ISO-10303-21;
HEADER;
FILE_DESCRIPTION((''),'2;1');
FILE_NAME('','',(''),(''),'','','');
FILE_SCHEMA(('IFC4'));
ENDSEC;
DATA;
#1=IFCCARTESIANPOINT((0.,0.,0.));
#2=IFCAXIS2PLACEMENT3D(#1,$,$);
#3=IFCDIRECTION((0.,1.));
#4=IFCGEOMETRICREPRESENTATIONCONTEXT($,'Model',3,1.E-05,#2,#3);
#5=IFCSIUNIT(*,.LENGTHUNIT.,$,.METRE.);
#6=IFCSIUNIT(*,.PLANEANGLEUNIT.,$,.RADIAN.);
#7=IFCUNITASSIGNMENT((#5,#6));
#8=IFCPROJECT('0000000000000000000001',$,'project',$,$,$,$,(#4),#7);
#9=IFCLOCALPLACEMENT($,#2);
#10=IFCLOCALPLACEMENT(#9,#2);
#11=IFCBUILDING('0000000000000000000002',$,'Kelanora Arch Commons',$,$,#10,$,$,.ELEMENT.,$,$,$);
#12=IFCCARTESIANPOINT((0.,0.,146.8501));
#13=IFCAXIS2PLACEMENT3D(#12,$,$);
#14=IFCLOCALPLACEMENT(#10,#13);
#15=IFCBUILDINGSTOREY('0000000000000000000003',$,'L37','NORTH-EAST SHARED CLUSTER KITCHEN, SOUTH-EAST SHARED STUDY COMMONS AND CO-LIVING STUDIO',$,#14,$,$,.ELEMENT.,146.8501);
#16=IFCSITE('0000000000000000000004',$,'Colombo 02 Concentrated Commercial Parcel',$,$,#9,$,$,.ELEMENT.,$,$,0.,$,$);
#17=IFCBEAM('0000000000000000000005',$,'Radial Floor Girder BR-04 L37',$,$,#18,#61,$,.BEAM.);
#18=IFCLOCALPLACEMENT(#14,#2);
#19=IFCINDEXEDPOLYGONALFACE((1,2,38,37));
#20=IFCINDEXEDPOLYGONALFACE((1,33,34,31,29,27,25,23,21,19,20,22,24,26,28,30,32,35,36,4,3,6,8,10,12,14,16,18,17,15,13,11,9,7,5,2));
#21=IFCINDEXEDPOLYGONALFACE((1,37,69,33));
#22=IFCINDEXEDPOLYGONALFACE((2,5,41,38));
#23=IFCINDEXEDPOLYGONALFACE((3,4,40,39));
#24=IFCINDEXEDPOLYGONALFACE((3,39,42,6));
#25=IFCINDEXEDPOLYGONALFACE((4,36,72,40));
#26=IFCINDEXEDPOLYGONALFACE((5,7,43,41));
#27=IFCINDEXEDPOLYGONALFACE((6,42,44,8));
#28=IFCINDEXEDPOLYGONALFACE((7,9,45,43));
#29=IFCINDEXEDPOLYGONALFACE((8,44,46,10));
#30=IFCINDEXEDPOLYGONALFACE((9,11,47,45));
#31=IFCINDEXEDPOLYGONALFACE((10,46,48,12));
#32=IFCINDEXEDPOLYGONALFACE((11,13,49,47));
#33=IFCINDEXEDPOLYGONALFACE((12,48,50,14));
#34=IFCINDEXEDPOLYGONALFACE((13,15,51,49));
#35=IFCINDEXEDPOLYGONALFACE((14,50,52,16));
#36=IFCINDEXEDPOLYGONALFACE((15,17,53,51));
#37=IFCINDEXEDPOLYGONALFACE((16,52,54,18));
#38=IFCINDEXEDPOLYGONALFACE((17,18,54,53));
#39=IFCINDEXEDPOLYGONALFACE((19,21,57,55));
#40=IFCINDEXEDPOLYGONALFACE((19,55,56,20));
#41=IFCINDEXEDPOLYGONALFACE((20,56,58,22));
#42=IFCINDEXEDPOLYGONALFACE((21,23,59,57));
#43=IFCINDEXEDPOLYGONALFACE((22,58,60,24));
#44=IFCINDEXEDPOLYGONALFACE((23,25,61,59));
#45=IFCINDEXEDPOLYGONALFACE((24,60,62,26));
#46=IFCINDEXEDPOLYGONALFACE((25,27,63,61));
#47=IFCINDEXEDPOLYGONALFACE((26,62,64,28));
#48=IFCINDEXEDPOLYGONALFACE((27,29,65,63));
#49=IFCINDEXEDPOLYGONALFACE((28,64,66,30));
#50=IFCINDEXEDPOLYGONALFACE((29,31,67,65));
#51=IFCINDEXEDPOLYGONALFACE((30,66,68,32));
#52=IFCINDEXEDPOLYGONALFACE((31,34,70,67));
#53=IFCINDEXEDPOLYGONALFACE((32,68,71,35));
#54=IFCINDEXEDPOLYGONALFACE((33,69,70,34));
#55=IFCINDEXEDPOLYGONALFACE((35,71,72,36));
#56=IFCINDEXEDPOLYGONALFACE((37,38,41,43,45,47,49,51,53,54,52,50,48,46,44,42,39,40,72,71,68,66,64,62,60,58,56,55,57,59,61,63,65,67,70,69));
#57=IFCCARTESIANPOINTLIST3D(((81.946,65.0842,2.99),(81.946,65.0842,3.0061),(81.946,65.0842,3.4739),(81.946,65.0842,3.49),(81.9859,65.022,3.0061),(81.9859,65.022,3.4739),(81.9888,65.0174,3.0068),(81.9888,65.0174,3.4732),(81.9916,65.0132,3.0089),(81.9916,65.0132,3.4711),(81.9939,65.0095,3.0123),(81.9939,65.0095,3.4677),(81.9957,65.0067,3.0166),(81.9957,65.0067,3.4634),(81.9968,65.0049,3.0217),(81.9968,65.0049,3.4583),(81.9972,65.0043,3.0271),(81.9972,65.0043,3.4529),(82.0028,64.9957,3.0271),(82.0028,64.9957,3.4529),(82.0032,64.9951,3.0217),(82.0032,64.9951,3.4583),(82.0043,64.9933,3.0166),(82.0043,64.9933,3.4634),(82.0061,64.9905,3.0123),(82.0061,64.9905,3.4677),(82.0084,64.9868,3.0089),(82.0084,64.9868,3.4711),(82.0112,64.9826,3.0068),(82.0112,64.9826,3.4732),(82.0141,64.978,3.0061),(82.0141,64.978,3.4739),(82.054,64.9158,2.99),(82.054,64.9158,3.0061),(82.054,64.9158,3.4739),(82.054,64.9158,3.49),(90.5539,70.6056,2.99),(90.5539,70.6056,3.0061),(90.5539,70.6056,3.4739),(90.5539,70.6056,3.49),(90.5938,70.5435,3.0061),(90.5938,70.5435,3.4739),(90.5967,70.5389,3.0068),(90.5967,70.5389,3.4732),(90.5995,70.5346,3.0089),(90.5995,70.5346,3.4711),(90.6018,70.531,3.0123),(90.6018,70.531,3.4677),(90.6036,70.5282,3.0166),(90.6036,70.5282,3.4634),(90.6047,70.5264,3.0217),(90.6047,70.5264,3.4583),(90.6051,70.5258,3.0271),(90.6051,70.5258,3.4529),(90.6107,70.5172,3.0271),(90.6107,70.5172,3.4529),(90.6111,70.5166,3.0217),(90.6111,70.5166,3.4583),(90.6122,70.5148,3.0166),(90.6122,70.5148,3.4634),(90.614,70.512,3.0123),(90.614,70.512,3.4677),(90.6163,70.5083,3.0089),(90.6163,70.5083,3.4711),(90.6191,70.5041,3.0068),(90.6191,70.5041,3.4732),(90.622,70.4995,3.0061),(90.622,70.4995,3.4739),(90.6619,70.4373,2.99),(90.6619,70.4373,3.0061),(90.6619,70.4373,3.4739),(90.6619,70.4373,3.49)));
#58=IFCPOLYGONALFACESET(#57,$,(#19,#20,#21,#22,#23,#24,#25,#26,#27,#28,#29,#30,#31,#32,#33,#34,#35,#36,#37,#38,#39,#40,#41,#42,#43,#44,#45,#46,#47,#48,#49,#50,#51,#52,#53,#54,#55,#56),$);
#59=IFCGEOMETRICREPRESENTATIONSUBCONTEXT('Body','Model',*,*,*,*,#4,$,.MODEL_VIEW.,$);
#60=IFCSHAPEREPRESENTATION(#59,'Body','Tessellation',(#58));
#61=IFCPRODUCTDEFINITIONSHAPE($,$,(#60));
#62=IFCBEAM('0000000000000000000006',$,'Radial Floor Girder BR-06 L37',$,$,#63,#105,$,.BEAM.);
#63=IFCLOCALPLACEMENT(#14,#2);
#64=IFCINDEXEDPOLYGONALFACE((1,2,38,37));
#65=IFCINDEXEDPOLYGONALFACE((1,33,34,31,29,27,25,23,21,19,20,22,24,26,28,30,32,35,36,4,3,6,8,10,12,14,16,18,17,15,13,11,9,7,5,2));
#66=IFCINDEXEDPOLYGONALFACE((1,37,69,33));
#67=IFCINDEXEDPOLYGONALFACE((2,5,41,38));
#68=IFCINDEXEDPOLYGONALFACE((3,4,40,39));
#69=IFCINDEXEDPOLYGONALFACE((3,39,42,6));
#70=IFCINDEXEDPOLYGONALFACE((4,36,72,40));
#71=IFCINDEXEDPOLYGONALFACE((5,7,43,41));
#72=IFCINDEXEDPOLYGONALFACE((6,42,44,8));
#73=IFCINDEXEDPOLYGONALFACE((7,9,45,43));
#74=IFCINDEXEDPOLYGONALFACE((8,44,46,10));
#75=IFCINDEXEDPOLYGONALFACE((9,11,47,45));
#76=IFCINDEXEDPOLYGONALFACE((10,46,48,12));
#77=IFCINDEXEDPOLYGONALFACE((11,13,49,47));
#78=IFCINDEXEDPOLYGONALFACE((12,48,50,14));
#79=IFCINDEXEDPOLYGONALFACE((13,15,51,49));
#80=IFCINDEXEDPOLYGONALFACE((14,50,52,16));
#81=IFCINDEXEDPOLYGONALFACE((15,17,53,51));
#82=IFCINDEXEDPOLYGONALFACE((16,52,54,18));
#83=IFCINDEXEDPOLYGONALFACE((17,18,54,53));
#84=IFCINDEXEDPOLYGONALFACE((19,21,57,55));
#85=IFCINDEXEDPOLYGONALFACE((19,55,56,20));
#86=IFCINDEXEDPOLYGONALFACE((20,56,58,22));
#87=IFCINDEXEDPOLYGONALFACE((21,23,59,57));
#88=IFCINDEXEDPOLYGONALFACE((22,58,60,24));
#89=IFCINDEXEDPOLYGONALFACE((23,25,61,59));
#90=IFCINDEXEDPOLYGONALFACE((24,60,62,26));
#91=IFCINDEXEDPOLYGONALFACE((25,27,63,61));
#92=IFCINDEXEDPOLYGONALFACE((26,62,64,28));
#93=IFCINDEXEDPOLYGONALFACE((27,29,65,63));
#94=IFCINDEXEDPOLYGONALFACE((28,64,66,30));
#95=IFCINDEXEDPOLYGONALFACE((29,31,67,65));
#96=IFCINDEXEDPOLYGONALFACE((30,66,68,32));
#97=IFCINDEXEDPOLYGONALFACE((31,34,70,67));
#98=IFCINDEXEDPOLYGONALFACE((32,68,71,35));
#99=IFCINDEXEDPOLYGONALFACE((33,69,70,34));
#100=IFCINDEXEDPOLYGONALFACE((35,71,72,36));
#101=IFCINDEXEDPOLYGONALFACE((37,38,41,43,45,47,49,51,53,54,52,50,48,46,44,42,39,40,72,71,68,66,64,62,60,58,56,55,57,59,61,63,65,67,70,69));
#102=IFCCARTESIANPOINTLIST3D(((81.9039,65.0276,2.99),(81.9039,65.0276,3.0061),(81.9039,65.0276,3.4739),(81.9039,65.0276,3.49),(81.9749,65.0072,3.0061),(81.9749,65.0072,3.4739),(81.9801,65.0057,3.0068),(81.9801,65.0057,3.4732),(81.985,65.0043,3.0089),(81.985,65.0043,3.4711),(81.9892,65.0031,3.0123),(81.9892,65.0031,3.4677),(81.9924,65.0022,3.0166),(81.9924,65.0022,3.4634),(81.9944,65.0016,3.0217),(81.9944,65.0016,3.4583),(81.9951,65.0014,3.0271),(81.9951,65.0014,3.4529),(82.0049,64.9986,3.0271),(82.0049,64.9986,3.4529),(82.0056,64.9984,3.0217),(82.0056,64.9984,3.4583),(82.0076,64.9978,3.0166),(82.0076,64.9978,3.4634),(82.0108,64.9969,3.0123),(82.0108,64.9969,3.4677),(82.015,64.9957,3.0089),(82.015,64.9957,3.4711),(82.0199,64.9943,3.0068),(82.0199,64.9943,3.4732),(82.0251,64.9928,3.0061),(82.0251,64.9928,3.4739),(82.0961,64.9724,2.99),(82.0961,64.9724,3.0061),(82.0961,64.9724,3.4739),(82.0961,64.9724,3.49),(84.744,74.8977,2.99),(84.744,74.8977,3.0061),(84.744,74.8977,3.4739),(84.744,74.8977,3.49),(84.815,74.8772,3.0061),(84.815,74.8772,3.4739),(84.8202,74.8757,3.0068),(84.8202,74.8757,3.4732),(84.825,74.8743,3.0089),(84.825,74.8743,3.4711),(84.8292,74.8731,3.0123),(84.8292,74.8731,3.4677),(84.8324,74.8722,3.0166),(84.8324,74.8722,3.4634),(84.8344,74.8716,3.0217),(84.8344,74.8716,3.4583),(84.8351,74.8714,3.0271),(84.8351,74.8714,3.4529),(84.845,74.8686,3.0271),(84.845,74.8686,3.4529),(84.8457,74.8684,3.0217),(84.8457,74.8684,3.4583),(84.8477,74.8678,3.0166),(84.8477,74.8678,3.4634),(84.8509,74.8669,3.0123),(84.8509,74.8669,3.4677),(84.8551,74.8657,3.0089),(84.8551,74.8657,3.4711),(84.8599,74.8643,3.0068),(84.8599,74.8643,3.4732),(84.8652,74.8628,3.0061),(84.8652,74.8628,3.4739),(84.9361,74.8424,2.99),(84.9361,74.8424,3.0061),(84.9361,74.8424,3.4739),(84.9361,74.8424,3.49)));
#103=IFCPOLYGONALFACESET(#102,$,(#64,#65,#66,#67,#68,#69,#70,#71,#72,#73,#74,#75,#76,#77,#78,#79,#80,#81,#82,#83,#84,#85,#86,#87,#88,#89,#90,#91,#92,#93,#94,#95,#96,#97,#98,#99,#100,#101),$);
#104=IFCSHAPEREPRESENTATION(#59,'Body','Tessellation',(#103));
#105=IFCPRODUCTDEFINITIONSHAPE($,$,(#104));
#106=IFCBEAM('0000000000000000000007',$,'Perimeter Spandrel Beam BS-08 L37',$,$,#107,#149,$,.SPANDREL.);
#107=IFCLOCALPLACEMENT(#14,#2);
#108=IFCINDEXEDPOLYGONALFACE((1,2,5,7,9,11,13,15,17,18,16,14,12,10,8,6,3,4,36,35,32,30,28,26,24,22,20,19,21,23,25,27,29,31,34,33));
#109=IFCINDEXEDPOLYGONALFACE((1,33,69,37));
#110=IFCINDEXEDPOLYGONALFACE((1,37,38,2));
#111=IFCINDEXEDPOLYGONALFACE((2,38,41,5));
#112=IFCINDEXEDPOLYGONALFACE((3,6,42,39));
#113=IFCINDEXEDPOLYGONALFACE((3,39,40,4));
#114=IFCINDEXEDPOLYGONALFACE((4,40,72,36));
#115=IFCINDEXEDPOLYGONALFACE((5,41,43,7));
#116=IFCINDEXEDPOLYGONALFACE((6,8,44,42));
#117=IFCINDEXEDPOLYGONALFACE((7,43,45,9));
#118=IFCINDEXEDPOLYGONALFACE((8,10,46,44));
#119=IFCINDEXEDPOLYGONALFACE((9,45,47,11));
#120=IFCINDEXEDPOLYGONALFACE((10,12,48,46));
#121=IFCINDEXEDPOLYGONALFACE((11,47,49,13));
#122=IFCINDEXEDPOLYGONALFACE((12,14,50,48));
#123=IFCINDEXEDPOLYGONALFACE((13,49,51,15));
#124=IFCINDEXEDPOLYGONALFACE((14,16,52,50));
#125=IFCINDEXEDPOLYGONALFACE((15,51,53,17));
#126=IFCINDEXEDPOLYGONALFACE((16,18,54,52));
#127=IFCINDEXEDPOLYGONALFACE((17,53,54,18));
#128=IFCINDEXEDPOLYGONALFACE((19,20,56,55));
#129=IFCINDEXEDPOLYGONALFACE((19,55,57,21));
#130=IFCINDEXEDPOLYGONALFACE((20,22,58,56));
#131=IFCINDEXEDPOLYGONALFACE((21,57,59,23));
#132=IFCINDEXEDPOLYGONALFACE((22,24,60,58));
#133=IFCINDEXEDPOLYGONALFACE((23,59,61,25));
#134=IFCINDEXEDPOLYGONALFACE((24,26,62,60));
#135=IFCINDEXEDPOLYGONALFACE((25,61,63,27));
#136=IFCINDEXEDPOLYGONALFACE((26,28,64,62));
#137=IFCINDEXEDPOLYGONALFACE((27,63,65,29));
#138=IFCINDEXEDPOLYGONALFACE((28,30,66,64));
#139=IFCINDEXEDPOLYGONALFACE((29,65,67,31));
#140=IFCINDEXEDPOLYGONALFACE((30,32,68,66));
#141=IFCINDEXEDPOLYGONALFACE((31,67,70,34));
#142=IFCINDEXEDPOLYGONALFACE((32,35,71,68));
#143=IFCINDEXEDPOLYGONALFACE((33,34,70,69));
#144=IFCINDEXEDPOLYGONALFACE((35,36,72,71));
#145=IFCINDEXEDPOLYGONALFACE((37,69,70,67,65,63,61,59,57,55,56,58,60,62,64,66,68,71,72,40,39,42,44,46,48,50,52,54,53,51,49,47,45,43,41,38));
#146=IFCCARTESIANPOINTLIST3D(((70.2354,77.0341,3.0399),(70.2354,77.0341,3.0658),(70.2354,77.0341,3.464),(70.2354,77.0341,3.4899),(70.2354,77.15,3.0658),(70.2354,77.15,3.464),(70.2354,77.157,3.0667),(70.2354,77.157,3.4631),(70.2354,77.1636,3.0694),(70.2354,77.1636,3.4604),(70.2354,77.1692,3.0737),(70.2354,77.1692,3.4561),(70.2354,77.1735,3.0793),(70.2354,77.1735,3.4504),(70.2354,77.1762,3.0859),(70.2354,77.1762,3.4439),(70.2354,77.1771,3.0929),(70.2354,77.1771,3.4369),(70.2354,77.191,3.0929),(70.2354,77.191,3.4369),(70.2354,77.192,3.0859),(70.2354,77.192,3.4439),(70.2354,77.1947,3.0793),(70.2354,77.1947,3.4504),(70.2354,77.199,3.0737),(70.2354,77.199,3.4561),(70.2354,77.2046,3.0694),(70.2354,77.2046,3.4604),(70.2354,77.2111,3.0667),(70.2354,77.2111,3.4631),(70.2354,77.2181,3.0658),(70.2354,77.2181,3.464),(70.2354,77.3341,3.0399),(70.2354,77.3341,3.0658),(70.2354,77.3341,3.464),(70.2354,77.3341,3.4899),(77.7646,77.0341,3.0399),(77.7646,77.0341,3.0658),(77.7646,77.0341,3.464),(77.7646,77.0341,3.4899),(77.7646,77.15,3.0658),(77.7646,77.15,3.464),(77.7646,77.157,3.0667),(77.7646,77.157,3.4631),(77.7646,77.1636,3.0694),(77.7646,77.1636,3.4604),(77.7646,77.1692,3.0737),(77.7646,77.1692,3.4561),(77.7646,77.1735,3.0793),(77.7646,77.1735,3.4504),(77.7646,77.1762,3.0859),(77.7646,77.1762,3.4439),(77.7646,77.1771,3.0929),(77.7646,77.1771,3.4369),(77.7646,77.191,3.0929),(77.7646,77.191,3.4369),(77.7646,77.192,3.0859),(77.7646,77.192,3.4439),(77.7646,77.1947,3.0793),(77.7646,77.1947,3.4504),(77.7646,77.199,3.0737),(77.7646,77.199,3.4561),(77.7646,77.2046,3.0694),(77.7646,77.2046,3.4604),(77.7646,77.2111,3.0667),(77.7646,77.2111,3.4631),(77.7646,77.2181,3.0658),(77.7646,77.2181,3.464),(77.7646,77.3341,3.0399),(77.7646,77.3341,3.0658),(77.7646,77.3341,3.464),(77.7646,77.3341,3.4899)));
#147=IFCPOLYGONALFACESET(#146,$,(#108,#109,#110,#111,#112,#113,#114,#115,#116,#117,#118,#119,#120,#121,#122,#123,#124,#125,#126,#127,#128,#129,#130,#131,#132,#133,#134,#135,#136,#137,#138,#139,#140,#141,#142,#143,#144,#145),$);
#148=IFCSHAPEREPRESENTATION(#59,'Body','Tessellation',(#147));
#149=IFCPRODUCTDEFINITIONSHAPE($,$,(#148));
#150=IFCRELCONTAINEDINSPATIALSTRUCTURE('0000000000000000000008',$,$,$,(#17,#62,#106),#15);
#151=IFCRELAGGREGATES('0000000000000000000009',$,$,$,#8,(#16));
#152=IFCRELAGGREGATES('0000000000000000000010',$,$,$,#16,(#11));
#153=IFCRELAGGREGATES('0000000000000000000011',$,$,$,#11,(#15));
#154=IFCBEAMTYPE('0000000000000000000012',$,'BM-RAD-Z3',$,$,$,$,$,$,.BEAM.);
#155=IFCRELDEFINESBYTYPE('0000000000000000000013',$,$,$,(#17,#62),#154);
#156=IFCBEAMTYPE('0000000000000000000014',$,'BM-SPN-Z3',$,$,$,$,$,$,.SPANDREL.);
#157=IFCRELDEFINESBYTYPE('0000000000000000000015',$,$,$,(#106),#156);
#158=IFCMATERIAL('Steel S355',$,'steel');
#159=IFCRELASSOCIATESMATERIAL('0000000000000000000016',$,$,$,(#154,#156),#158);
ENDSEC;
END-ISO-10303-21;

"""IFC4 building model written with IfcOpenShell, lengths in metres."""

from ifc_helpers import new_model, si_unit, direction, frame, origin, origin_2d, place, context, subcontext, project, spatial, i_section, extrude, material, material_profile, profile_set, type_object, element, save


model = new_model("IFC4")

# Units and contexts
model_context = context("Model", 3, precision=1e-05, world=origin(), true_north=direction((0.0, 1.0)))
body_context = subcontext(model_context, "Body", "Model", "MODEL_VIEW")
ifc_project = project(units=[si_unit("LENGTHUNIT", "METRE"), si_unit("PLANEANGLEUNIT", "RADIAN")], contexts=[model_context])

# Site, building, storey
site_placement = place(None, origin())
site = spatial("IfcSite", under=ifc_project, at=site_placement, Name="Colombo 02 Concentrated Commercial Parcel", CompositionType="ELEMENT", RefElevation=0.0)
building_placement = place(site_placement, origin())
building = spatial("IfcBuilding", under=site, at=building_placement, Name="Kelanora Arch Commons", CompositionType="ELEMENT")
storey_placement = place(building_placement, frame((0.0, 0.0, 146.8501)))
storey = spatial("IfcBuildingStorey", under=building, at=storey_placement, Name="L37", Description="NORTH-EAST SHARED CLUSTER KITCHEN, SOUTH-EAST SHARED STUDY COMMONS AND CO-LIVING STUDIO", CompositionType="ELEMENT", Elevation=146.8501)

# Beams
ifc_material_1 = material(Name="Steel S355", Category="steel")
ifc_material_profile_1 = material_profile(ifc_material_1, i_section(OverallWidth=0.2, OverallDepth=0.5, WebThickness=0.0103, FlangeThickness=0.0161, FilletRadius=0.021, at=origin_2d()), Name="IPE500")
ifc_profile_set_1 = profile_set([ifc_material_profile_1], Name="Steel S355")
beam_type_1 = type_object("IfcBeamType", Name="BM-RAD-Z3", PredefinedType="BEAM", material=ifc_profile_set_1)
beam_1_placement = place(storey_placement, frame((82.0, 65.0, 3.24), z_axis=(0.841719, 0.539915, 0.0), x_axis=(-0.539915, 0.841719, 0.0)))
element("IfcBeam", 1, at=beam_1_placement, inside=storey, type_object=beam_type_1, Name="Radial Floor Girder BR-04 L37", PredefinedType="BEAM", context=body_context, shape_type="SweptSolid", body=[
    extrude(i_section(OverallWidth=0.2, OverallDepth=0.5, WebThickness=0.0103, FlangeThickness=0.0161, FilletRadius=0.021, at=origin_2d()), origin(), (0.0, 0.0, 1.0), 10.2266),
])
beam_2_placement = place(storey_placement, frame((82.0, 65.0, 3.24), z_axis=(0.276526, 0.961006, 0.0), x_axis=(-0.961006, 0.276526, 0.0)))
element("IfcBeam", 2, at=beam_2_placement, inside=storey, type_object=beam_type_1, Name="Radial Floor Girder BR-06 L37", PredefinedType="BEAM", context=body_context, shape_type="SweptSolid", body=[
    extrude(i_section(OverallWidth=0.2, OverallDepth=0.5, WebThickness=0.0103, FlangeThickness=0.0161, FilletRadius=0.021, at=origin_2d()), origin(), (0.0, 0.0, 1.0), 10.2705),
])
ifc_material_profile_2 = material_profile(ifc_material_1, i_section(OverallWidth=0.3, OverallDepth=0.45, WebThickness=0.0139, FlangeThickness=0.0259, FilletRadius=0.0271, at=origin_2d()), Name="HEB450")
ifc_profile_set_2 = profile_set([ifc_material_profile_2], Name="Steel S355")
beam_type_2 = type_object("IfcBeamType", Name="BM-SPN-Z3", PredefinedType="SPANDREL", material=ifc_profile_set_2)
beam_3_placement = place(storey_placement, frame((77.7646, 77.1841, 3.2649), z_axis=(-1.0, 0.0, 0.0), x_axis=(0.0, -1.0, 0.0)))
element("IfcBeam", 3, at=beam_3_placement, inside=storey, type_object=beam_type_2, Name="Perimeter Spandrel Beam BS-08 L37", PredefinedType="SPANDREL", context=body_context, shape_type="SweptSolid", body=[
    extrude(i_section(OverallWidth=0.3, OverallDepth=0.45, WebThickness=0.0139, FlangeThickness=0.0259, FilletRadius=0.0271, at=origin_2d()), origin(), (0.0, 0.0, 1.0), 7.5293),
])

save(model, "model.ifc")
